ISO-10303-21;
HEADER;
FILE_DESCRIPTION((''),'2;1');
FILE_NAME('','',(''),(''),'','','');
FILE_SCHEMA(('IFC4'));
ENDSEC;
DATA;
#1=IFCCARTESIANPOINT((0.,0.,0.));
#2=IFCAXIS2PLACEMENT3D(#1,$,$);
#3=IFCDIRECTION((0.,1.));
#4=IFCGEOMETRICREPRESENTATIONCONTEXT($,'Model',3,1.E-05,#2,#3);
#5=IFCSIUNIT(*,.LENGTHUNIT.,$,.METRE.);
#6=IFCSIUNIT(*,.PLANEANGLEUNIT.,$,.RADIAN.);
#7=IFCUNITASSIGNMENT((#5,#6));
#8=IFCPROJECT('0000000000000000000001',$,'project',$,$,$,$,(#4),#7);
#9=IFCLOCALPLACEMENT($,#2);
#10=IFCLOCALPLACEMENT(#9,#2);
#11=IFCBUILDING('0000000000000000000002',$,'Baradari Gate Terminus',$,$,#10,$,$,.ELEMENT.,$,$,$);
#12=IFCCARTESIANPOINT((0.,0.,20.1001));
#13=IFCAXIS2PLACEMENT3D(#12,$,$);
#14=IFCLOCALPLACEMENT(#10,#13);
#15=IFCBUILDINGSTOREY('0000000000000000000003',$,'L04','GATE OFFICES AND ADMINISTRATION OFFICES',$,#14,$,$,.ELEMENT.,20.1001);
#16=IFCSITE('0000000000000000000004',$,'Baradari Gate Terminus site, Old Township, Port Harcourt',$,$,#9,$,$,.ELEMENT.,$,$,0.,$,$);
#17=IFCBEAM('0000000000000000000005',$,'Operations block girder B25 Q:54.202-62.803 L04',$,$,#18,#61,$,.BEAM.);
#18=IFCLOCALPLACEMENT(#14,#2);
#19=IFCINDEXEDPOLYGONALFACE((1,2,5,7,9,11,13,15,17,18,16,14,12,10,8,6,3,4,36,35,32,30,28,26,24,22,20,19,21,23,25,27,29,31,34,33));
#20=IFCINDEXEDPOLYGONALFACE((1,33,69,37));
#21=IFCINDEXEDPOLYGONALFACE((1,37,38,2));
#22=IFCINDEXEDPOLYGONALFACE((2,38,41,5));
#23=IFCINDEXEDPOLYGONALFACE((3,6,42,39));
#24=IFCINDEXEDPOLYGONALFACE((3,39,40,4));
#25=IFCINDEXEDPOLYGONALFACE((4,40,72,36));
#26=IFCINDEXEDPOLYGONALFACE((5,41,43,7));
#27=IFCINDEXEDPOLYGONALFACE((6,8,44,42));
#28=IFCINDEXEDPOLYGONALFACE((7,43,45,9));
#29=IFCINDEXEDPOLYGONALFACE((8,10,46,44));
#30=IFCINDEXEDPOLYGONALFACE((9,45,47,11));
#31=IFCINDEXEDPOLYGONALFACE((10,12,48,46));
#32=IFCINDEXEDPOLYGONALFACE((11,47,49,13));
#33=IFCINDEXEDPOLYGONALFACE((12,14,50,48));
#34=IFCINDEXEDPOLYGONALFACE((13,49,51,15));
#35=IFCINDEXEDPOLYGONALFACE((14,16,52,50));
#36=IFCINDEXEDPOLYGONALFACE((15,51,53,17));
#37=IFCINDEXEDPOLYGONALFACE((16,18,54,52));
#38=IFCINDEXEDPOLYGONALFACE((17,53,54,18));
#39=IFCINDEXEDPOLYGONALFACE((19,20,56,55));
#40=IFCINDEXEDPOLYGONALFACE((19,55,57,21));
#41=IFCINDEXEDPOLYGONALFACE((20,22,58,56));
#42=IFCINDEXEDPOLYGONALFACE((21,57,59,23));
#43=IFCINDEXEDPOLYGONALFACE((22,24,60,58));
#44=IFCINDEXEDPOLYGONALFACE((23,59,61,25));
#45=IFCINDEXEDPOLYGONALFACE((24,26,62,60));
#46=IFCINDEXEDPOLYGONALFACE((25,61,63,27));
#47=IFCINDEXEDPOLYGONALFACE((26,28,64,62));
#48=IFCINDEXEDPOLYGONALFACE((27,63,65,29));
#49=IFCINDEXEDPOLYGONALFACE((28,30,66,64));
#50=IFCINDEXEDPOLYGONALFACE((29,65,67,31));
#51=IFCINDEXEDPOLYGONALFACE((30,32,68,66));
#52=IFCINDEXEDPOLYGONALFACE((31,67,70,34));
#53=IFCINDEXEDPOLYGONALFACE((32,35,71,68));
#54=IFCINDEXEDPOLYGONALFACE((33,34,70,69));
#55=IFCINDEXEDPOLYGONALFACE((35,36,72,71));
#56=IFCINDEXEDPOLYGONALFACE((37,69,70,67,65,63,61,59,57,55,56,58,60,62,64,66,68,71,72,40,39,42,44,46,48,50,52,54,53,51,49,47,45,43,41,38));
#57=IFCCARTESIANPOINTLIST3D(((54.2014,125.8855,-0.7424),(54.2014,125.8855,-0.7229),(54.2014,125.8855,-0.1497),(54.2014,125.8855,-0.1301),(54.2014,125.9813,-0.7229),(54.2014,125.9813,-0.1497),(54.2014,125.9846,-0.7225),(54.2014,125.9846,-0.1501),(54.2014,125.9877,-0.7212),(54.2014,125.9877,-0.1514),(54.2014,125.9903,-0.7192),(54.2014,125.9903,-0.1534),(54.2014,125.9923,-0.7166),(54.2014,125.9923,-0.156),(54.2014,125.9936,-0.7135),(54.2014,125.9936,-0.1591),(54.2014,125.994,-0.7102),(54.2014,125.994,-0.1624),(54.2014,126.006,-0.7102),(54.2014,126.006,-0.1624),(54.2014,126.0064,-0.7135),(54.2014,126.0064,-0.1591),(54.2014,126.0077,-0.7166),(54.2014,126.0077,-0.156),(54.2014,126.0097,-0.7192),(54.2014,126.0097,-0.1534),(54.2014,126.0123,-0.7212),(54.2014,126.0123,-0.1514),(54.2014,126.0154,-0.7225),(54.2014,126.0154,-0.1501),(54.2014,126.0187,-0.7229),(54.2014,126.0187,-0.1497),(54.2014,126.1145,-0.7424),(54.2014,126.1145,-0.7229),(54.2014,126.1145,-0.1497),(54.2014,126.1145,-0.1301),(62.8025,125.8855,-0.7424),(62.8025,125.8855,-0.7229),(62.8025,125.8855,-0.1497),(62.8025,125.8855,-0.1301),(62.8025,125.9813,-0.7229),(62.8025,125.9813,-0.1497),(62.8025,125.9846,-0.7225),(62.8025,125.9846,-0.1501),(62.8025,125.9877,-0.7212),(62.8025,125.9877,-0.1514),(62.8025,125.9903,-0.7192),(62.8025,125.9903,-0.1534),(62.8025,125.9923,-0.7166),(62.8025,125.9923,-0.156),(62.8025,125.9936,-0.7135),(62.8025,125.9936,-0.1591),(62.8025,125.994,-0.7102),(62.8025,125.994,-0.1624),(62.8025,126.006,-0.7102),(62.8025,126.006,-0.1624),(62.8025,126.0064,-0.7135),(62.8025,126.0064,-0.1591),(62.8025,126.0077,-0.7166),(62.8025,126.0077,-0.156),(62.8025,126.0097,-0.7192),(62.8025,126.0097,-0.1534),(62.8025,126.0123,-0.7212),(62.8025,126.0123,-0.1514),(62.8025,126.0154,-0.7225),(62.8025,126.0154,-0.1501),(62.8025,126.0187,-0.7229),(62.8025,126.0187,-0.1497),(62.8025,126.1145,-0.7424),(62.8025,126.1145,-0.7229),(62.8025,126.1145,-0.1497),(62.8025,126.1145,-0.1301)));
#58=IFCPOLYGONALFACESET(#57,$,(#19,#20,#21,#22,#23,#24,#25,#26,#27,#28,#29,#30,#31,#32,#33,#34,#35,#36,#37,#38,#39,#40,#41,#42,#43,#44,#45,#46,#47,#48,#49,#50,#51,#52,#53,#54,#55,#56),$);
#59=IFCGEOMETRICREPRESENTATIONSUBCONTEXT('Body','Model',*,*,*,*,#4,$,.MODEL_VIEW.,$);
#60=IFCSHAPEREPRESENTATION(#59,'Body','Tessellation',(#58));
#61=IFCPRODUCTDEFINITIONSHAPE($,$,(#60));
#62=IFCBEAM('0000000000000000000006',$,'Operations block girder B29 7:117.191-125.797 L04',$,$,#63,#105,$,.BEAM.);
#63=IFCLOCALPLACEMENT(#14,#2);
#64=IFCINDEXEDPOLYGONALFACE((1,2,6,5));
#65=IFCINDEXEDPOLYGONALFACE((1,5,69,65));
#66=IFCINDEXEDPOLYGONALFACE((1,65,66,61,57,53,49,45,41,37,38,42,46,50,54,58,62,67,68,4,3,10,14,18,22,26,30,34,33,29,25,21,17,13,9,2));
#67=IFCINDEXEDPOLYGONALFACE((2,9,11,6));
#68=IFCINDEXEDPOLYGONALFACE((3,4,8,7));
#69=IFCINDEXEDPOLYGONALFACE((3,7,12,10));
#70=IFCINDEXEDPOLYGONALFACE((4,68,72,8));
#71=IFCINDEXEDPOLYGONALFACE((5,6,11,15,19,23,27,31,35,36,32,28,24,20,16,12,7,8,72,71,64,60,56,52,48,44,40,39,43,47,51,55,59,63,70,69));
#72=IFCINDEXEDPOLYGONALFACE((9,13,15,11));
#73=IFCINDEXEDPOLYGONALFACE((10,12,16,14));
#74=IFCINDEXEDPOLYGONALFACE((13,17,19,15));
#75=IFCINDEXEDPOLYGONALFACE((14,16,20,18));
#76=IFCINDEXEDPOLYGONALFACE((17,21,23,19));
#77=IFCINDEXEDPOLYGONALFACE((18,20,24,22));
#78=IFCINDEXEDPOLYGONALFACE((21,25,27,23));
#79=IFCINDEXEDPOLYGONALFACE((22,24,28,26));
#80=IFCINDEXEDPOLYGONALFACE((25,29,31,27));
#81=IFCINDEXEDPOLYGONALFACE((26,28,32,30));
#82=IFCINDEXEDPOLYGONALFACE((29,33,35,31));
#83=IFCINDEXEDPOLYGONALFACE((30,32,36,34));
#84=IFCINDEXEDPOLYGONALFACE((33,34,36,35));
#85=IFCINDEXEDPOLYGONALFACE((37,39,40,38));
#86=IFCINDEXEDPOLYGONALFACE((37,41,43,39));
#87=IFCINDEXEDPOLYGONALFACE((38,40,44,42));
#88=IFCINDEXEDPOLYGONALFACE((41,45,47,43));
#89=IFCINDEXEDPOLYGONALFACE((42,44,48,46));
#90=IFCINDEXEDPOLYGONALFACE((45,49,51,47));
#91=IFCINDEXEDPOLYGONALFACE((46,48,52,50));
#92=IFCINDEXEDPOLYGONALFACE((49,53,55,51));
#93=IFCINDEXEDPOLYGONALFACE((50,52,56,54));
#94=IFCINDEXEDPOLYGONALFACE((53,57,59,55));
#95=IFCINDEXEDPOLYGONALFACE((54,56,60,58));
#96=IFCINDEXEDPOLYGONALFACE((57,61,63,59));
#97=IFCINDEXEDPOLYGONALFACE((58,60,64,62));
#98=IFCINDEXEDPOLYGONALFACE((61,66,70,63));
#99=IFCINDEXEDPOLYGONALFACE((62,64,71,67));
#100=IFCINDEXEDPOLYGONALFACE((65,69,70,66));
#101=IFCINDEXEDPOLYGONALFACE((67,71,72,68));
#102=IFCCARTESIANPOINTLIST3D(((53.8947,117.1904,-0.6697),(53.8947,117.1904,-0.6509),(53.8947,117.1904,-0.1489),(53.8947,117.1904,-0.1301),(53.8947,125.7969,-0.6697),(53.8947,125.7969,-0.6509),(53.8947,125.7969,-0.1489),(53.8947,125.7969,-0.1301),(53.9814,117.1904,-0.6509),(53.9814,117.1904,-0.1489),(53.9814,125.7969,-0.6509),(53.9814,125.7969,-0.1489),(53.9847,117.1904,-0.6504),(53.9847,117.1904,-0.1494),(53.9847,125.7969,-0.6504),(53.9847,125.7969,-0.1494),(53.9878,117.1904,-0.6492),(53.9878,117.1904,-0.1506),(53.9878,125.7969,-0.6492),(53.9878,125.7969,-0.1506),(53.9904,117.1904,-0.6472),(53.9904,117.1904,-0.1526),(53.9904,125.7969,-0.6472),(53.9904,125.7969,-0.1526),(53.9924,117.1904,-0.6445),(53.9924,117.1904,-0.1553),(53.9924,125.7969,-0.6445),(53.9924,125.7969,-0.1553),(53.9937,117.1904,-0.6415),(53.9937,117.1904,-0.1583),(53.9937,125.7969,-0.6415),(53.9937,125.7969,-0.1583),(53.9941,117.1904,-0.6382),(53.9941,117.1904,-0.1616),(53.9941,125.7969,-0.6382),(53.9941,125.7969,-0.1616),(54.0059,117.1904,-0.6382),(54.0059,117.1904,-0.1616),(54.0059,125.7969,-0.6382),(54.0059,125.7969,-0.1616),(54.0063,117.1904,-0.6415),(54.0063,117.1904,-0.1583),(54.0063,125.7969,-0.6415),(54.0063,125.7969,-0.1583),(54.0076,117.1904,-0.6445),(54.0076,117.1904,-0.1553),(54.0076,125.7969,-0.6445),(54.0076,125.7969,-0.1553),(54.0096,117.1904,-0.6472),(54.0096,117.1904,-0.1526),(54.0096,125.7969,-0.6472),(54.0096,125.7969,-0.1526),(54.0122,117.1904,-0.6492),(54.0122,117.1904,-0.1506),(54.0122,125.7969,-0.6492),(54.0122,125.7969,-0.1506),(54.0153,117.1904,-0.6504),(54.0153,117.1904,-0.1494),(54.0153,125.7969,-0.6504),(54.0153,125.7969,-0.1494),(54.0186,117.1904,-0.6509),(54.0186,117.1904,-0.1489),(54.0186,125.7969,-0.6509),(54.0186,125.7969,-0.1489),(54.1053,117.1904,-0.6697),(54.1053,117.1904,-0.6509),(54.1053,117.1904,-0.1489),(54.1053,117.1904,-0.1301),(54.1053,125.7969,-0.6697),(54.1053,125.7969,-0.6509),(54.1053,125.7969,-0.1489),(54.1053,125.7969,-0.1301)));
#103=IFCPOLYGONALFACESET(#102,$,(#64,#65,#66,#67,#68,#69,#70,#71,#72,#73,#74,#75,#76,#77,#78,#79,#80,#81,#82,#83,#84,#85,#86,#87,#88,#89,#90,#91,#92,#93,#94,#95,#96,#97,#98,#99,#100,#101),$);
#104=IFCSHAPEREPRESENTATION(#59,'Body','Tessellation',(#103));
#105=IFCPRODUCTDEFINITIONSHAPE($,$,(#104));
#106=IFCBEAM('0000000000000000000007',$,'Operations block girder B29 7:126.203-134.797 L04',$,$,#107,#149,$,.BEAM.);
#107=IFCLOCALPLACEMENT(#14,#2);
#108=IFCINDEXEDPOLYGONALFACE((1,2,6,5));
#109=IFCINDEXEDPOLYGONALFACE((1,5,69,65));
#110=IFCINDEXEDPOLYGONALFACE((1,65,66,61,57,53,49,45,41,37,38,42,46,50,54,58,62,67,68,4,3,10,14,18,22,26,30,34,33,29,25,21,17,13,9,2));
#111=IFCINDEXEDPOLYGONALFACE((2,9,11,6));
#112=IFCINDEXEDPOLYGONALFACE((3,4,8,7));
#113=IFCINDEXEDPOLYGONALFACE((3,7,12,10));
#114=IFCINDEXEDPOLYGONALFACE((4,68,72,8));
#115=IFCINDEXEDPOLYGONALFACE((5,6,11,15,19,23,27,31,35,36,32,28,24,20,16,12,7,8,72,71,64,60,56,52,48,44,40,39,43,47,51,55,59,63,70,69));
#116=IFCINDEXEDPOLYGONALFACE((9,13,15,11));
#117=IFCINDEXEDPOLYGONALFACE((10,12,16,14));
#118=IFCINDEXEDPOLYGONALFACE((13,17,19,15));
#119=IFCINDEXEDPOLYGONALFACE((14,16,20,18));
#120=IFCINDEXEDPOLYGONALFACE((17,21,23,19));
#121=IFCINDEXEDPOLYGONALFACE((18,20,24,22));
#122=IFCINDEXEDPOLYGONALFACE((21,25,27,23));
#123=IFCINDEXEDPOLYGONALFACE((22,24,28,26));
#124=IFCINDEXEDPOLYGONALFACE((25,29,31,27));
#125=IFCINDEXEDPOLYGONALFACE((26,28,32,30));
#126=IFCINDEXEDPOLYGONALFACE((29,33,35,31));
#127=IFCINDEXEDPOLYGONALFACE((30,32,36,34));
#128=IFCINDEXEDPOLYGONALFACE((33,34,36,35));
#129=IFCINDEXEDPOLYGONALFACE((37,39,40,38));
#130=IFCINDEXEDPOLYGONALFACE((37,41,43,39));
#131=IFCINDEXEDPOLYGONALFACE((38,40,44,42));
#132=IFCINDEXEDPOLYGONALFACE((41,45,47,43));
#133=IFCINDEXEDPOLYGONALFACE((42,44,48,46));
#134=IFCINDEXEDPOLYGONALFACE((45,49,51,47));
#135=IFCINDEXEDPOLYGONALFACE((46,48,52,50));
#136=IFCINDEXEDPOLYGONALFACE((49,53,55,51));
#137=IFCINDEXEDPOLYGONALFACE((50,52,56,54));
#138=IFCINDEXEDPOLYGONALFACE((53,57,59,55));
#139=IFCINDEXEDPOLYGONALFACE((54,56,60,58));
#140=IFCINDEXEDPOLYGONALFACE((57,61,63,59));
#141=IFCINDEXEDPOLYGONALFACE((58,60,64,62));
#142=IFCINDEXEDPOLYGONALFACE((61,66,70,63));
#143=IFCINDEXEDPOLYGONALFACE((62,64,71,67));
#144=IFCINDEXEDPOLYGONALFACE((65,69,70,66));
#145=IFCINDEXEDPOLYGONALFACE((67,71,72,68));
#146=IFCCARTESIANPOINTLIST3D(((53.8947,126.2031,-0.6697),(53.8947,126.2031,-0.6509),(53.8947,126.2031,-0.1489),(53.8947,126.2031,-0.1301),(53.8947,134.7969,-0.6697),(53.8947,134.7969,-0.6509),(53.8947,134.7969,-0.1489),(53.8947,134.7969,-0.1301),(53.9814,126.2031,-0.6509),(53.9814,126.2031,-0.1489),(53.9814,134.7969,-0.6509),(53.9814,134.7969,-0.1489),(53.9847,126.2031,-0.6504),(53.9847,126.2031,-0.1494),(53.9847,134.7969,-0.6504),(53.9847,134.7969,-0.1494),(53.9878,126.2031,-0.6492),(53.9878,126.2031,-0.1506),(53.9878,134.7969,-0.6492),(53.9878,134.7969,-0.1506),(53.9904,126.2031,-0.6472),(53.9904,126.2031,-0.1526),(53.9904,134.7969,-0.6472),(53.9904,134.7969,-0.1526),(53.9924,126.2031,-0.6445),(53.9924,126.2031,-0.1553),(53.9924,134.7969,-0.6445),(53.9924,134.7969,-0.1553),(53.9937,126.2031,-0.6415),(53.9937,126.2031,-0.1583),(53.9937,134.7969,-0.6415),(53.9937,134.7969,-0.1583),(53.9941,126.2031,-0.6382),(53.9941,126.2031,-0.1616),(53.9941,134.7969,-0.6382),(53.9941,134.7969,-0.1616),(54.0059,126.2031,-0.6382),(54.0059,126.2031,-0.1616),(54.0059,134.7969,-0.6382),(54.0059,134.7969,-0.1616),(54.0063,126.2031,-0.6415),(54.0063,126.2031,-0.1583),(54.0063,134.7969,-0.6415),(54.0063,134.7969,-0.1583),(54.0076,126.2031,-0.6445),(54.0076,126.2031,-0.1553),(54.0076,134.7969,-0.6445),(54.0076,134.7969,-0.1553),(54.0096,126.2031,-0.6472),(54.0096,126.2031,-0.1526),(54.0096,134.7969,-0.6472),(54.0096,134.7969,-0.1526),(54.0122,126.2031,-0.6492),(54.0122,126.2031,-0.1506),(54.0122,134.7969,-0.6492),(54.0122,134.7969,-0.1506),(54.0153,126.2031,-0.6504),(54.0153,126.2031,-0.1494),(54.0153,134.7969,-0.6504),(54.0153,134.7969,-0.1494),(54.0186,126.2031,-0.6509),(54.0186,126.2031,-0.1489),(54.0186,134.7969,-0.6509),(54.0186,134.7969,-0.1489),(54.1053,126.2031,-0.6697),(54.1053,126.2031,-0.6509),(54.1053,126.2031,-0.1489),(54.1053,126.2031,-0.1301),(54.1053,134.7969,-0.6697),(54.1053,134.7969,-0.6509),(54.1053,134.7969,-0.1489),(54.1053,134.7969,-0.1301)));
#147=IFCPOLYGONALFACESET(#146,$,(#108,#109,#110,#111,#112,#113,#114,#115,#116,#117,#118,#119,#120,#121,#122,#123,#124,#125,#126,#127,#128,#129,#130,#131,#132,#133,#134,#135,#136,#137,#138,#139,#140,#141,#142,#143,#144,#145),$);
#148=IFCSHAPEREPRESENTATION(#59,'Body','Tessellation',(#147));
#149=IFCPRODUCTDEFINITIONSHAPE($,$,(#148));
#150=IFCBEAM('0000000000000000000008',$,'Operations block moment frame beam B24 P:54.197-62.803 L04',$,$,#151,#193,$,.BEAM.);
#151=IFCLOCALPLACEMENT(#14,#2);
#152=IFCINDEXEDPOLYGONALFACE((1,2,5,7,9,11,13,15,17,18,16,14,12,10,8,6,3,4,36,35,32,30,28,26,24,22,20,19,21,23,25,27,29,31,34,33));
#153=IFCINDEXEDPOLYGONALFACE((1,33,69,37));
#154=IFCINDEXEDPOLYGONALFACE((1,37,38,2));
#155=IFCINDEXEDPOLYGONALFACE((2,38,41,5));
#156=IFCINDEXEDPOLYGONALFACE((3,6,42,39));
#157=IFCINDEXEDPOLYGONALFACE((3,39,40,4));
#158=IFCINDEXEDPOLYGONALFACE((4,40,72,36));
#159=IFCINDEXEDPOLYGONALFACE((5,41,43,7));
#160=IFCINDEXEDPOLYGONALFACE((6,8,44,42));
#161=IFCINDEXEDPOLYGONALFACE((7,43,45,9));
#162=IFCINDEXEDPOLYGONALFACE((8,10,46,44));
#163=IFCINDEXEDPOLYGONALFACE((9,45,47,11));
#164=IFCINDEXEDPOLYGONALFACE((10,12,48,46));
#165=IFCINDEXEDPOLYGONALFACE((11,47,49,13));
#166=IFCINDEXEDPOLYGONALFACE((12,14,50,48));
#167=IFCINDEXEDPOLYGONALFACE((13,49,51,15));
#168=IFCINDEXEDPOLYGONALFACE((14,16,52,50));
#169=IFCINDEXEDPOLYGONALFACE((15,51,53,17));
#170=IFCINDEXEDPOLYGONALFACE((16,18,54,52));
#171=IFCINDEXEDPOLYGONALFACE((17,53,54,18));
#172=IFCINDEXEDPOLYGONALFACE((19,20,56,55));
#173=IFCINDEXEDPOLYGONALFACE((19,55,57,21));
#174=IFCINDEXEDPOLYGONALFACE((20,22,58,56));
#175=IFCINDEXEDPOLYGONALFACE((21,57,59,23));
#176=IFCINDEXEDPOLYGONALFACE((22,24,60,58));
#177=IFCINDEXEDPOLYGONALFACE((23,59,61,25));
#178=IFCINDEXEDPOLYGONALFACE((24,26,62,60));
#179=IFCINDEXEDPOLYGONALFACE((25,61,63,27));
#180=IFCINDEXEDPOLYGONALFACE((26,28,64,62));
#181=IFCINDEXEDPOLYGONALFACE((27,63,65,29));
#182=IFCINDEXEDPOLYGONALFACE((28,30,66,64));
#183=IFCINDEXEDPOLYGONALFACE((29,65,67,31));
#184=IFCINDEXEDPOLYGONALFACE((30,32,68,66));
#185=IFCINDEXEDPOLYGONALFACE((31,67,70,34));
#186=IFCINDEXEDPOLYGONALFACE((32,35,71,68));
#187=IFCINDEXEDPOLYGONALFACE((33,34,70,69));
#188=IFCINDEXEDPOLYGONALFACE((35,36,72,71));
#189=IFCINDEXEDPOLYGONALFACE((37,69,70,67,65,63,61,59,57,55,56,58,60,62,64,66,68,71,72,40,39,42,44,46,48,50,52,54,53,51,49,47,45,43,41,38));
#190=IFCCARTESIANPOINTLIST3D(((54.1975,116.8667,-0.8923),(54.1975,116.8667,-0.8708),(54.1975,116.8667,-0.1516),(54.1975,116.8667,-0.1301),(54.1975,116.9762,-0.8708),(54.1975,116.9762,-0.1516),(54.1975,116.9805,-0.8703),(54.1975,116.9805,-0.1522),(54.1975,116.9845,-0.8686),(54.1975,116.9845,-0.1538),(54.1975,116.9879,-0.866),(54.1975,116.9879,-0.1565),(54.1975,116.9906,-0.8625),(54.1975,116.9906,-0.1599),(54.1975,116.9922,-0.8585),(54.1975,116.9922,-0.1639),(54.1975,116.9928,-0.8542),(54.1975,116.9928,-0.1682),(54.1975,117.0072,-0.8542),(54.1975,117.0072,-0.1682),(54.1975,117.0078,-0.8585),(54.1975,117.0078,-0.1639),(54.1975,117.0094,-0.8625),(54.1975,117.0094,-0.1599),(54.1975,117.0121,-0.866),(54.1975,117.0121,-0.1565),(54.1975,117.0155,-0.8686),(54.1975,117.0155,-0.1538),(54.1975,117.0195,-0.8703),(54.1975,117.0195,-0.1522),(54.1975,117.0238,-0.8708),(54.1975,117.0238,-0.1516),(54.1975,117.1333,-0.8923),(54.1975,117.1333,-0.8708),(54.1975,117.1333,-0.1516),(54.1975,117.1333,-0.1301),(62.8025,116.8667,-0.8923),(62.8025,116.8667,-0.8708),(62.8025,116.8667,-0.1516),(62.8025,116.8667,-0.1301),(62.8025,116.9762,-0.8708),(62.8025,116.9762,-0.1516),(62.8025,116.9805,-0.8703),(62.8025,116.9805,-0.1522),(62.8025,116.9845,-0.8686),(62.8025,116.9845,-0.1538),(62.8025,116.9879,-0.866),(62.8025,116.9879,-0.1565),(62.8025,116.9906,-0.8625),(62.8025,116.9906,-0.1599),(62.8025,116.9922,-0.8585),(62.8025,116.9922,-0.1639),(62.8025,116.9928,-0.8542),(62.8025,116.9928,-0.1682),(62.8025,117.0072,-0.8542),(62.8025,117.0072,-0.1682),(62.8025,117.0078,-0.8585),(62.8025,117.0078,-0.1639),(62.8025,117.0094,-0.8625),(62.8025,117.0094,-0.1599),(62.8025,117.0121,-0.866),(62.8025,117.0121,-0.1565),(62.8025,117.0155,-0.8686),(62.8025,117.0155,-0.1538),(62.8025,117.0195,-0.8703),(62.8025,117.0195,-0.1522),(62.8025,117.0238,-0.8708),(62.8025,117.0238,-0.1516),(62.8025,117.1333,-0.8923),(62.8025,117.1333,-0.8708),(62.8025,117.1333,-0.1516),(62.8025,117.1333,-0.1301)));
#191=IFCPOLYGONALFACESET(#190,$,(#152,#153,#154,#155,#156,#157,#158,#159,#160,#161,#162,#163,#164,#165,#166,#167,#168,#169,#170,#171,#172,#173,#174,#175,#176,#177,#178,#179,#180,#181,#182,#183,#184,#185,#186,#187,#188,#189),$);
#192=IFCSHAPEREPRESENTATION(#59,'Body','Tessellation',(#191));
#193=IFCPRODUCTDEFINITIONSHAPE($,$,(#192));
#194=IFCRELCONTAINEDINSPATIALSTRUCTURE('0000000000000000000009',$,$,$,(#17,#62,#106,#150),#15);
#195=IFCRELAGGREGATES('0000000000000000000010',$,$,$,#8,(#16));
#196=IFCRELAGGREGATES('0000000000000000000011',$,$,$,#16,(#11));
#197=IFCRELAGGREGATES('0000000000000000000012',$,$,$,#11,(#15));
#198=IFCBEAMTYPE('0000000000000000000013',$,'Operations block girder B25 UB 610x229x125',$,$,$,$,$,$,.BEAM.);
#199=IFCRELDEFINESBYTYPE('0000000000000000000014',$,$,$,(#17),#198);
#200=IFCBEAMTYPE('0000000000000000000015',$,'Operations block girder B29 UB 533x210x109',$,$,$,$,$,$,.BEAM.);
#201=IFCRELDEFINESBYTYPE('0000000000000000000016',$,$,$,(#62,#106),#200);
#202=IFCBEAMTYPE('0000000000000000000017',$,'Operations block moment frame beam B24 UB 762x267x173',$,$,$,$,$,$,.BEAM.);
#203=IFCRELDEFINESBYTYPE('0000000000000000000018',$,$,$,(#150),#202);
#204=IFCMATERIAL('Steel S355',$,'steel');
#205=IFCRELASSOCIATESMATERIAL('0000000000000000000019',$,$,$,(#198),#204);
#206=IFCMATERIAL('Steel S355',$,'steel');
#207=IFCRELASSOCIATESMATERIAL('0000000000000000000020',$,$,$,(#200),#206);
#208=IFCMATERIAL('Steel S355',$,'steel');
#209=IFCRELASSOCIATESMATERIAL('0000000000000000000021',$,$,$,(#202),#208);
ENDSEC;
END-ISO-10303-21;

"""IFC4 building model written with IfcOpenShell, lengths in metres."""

from ifc_helpers import new_model, si_unit, direction, frame, origin, origin_2d, place, context, subcontext, project, spatial, i_section, extrude, material, material_profile, profile_set, type_object, element, save


model = new_model("IFC4")

# Units and contexts
model_context = context("Model", 3, precision=1e-05, world=origin(), true_north=direction((0.0, 1.0)))
body_context = subcontext(model_context, "Body", "Model", "MODEL_VIEW")
ifc_project = project(units=[si_unit("LENGTHUNIT", "METRE"), si_unit("PLANEANGLEUNIT", "RADIAN")], contexts=[model_context])

# Site, building, storey
site_placement = place(None, origin())
site = spatial("IfcSite", under=ifc_project, at=site_placement, Name="Baradari Gate Terminus site, Old Township, Port Harcourt", CompositionType="ELEMENT", RefElevation=0.0)
building_placement = place(site_placement, origin())
building = spatial("IfcBuilding", under=site, at=building_placement, Name="Baradari Gate Terminus", CompositionType="ELEMENT")
storey_placement = place(building_placement, frame((0.0, 0.0, 20.1001)))
storey = spatial("IfcBuildingStorey", under=building, at=storey_placement, Name="L04", Description="GATE OFFICES AND ADMINISTRATION OFFICES", CompositionType="ELEMENT", Elevation=20.1001)

# Beams
ifc_material_1 = material(Name="Steel S355", Category="steel")
ifc_material_profile_1 = material_profile(ifc_material_1, i_section(OverallWidth=0.229, OverallDepth=0.6123, WebThickness=0.012, FlangeThickness=0.0195, FilletRadius=0.0127, at=origin_2d()), Name="UB 610x229x125")
ifc_profile_set_1 = profile_set([ifc_material_profile_1], Name="Steel S355")
beam_type_1 = type_object("IfcBeamType", Name="Operations block girder B25 UB 610x229x125", PredefinedType="BEAM", material=ifc_profile_set_1)
beam_1_placement = place(storey_placement, frame((54.2014, 126.0, -0.4363), z_axis=(1.0, 0.0, 0.0), x_axis=(0.0, 1.0, 0.0)))
element("IfcBeam", 1, at=beam_1_placement, inside=storey, type_object=beam_type_1, Name="Operations block girder B25 Q:54.202-62.803 L04", PredefinedType="BEAM", context=body_context, shape_type="SweptSolid", body=[
    extrude(i_section(OverallWidth=0.229, OverallDepth=0.6123, WebThickness=0.012, FlangeThickness=0.0195, FilletRadius=0.0127, at=origin_2d()), origin(), (0.0, 0.0, 1.0), 8.6011),
])
ifc_material_2 = material(Name="Steel S355", Category="steel")
ifc_material_profile_2 = material_profile(ifc_material_2, i_section(OverallWidth=0.2107, OverallDepth=0.5396, WebThickness=0.0117, FlangeThickness=0.0188, FilletRadius=0.0127, at=origin_2d()), Name="UB 533x210x109")
ifc_profile_set_2 = profile_set([ifc_material_profile_2], Name="Steel S355")
beam_type_2 = type_object("IfcBeamType", Name="Operations block girder B29 UB 533x210x109", PredefinedType="BEAM", material=ifc_profile_set_2)
beam_2_placement = place(storey_placement, frame((54.0, 117.1904, -0.3999), z_axis=(0.0, 1.0, 0.0), x_axis=(-1.0, 0.0, 0.0)))
element("IfcBeam", 2, at=beam_2_placement, inside=storey, type_object=beam_type_2, Name="Operations block girder B29 7:117.191-125.797 L04", PredefinedType="BEAM", context=body_context, shape_type="SweptSolid", body=[
    extrude(i_section(OverallWidth=0.2107, OverallDepth=0.5396, WebThickness=0.0117, FlangeThickness=0.0188, FilletRadius=0.0127, at=origin_2d()), origin(), (0.0, 0.0, 1.0), 8.6064),
])
beam_3_placement = place(storey_placement, frame((54.0, 126.2031, -0.3999), z_axis=(0.0, 1.0, 0.0), x_axis=(-1.0, 0.0, 0.0)))
element("IfcBeam", 3, at=beam_3_placement, inside=storey, type_object=beam_type_2, Name="Operations block girder B29 7:126.203-134.797 L04", PredefinedType="BEAM", context=body_context, shape_type="SweptSolid", body=[
    extrude(i_section(OverallWidth=0.2107, OverallDepth=0.5396, WebThickness=0.0117, FlangeThickness=0.0188, FilletRadius=0.0127, at=origin_2d()), origin(), (0.0, 0.0, 1.0), 8.5938),
])
ifc_material_3 = material(Name="Steel S355", Category="steel")
ifc_material_profile_3 = material_profile(ifc_material_3, i_section(OverallWidth=0.2666, OverallDepth=0.7622, WebThickness=0.0144, FlangeThickness=0.0215, FilletRadius=0.0166, at=origin_2d()), Name="UB 762x267x173")
ifc_profile_set_3 = profile_set([ifc_material_profile_3], Name="Steel S355")
beam_type_3 = type_object("IfcBeamType", Name="Operations block moment frame beam B24 UB 762x267x173", PredefinedType="BEAM", material=ifc_profile_set_3)
beam_4_placement = place(storey_placement, frame((54.1975, 117.0, -0.5112), z_axis=(1.0, 0.0, 0.0), x_axis=(0.0, 1.0, 0.0)))
element("IfcBeam", 4, at=beam_4_placement, inside=storey, type_object=beam_type_3, Name="Operations block moment frame beam B24 P:54.197-62.803 L04", PredefinedType="BEAM", context=body_context, shape_type="SweptSolid", body=[
    extrude(i_section(OverallWidth=0.2666, OverallDepth=0.7622, WebThickness=0.0144, FlangeThickness=0.0215, FilletRadius=0.0166, at=origin_2d()), origin(), (0.0, 0.0, 1.0), 8.605),
])

save(model, "model.ifc")
